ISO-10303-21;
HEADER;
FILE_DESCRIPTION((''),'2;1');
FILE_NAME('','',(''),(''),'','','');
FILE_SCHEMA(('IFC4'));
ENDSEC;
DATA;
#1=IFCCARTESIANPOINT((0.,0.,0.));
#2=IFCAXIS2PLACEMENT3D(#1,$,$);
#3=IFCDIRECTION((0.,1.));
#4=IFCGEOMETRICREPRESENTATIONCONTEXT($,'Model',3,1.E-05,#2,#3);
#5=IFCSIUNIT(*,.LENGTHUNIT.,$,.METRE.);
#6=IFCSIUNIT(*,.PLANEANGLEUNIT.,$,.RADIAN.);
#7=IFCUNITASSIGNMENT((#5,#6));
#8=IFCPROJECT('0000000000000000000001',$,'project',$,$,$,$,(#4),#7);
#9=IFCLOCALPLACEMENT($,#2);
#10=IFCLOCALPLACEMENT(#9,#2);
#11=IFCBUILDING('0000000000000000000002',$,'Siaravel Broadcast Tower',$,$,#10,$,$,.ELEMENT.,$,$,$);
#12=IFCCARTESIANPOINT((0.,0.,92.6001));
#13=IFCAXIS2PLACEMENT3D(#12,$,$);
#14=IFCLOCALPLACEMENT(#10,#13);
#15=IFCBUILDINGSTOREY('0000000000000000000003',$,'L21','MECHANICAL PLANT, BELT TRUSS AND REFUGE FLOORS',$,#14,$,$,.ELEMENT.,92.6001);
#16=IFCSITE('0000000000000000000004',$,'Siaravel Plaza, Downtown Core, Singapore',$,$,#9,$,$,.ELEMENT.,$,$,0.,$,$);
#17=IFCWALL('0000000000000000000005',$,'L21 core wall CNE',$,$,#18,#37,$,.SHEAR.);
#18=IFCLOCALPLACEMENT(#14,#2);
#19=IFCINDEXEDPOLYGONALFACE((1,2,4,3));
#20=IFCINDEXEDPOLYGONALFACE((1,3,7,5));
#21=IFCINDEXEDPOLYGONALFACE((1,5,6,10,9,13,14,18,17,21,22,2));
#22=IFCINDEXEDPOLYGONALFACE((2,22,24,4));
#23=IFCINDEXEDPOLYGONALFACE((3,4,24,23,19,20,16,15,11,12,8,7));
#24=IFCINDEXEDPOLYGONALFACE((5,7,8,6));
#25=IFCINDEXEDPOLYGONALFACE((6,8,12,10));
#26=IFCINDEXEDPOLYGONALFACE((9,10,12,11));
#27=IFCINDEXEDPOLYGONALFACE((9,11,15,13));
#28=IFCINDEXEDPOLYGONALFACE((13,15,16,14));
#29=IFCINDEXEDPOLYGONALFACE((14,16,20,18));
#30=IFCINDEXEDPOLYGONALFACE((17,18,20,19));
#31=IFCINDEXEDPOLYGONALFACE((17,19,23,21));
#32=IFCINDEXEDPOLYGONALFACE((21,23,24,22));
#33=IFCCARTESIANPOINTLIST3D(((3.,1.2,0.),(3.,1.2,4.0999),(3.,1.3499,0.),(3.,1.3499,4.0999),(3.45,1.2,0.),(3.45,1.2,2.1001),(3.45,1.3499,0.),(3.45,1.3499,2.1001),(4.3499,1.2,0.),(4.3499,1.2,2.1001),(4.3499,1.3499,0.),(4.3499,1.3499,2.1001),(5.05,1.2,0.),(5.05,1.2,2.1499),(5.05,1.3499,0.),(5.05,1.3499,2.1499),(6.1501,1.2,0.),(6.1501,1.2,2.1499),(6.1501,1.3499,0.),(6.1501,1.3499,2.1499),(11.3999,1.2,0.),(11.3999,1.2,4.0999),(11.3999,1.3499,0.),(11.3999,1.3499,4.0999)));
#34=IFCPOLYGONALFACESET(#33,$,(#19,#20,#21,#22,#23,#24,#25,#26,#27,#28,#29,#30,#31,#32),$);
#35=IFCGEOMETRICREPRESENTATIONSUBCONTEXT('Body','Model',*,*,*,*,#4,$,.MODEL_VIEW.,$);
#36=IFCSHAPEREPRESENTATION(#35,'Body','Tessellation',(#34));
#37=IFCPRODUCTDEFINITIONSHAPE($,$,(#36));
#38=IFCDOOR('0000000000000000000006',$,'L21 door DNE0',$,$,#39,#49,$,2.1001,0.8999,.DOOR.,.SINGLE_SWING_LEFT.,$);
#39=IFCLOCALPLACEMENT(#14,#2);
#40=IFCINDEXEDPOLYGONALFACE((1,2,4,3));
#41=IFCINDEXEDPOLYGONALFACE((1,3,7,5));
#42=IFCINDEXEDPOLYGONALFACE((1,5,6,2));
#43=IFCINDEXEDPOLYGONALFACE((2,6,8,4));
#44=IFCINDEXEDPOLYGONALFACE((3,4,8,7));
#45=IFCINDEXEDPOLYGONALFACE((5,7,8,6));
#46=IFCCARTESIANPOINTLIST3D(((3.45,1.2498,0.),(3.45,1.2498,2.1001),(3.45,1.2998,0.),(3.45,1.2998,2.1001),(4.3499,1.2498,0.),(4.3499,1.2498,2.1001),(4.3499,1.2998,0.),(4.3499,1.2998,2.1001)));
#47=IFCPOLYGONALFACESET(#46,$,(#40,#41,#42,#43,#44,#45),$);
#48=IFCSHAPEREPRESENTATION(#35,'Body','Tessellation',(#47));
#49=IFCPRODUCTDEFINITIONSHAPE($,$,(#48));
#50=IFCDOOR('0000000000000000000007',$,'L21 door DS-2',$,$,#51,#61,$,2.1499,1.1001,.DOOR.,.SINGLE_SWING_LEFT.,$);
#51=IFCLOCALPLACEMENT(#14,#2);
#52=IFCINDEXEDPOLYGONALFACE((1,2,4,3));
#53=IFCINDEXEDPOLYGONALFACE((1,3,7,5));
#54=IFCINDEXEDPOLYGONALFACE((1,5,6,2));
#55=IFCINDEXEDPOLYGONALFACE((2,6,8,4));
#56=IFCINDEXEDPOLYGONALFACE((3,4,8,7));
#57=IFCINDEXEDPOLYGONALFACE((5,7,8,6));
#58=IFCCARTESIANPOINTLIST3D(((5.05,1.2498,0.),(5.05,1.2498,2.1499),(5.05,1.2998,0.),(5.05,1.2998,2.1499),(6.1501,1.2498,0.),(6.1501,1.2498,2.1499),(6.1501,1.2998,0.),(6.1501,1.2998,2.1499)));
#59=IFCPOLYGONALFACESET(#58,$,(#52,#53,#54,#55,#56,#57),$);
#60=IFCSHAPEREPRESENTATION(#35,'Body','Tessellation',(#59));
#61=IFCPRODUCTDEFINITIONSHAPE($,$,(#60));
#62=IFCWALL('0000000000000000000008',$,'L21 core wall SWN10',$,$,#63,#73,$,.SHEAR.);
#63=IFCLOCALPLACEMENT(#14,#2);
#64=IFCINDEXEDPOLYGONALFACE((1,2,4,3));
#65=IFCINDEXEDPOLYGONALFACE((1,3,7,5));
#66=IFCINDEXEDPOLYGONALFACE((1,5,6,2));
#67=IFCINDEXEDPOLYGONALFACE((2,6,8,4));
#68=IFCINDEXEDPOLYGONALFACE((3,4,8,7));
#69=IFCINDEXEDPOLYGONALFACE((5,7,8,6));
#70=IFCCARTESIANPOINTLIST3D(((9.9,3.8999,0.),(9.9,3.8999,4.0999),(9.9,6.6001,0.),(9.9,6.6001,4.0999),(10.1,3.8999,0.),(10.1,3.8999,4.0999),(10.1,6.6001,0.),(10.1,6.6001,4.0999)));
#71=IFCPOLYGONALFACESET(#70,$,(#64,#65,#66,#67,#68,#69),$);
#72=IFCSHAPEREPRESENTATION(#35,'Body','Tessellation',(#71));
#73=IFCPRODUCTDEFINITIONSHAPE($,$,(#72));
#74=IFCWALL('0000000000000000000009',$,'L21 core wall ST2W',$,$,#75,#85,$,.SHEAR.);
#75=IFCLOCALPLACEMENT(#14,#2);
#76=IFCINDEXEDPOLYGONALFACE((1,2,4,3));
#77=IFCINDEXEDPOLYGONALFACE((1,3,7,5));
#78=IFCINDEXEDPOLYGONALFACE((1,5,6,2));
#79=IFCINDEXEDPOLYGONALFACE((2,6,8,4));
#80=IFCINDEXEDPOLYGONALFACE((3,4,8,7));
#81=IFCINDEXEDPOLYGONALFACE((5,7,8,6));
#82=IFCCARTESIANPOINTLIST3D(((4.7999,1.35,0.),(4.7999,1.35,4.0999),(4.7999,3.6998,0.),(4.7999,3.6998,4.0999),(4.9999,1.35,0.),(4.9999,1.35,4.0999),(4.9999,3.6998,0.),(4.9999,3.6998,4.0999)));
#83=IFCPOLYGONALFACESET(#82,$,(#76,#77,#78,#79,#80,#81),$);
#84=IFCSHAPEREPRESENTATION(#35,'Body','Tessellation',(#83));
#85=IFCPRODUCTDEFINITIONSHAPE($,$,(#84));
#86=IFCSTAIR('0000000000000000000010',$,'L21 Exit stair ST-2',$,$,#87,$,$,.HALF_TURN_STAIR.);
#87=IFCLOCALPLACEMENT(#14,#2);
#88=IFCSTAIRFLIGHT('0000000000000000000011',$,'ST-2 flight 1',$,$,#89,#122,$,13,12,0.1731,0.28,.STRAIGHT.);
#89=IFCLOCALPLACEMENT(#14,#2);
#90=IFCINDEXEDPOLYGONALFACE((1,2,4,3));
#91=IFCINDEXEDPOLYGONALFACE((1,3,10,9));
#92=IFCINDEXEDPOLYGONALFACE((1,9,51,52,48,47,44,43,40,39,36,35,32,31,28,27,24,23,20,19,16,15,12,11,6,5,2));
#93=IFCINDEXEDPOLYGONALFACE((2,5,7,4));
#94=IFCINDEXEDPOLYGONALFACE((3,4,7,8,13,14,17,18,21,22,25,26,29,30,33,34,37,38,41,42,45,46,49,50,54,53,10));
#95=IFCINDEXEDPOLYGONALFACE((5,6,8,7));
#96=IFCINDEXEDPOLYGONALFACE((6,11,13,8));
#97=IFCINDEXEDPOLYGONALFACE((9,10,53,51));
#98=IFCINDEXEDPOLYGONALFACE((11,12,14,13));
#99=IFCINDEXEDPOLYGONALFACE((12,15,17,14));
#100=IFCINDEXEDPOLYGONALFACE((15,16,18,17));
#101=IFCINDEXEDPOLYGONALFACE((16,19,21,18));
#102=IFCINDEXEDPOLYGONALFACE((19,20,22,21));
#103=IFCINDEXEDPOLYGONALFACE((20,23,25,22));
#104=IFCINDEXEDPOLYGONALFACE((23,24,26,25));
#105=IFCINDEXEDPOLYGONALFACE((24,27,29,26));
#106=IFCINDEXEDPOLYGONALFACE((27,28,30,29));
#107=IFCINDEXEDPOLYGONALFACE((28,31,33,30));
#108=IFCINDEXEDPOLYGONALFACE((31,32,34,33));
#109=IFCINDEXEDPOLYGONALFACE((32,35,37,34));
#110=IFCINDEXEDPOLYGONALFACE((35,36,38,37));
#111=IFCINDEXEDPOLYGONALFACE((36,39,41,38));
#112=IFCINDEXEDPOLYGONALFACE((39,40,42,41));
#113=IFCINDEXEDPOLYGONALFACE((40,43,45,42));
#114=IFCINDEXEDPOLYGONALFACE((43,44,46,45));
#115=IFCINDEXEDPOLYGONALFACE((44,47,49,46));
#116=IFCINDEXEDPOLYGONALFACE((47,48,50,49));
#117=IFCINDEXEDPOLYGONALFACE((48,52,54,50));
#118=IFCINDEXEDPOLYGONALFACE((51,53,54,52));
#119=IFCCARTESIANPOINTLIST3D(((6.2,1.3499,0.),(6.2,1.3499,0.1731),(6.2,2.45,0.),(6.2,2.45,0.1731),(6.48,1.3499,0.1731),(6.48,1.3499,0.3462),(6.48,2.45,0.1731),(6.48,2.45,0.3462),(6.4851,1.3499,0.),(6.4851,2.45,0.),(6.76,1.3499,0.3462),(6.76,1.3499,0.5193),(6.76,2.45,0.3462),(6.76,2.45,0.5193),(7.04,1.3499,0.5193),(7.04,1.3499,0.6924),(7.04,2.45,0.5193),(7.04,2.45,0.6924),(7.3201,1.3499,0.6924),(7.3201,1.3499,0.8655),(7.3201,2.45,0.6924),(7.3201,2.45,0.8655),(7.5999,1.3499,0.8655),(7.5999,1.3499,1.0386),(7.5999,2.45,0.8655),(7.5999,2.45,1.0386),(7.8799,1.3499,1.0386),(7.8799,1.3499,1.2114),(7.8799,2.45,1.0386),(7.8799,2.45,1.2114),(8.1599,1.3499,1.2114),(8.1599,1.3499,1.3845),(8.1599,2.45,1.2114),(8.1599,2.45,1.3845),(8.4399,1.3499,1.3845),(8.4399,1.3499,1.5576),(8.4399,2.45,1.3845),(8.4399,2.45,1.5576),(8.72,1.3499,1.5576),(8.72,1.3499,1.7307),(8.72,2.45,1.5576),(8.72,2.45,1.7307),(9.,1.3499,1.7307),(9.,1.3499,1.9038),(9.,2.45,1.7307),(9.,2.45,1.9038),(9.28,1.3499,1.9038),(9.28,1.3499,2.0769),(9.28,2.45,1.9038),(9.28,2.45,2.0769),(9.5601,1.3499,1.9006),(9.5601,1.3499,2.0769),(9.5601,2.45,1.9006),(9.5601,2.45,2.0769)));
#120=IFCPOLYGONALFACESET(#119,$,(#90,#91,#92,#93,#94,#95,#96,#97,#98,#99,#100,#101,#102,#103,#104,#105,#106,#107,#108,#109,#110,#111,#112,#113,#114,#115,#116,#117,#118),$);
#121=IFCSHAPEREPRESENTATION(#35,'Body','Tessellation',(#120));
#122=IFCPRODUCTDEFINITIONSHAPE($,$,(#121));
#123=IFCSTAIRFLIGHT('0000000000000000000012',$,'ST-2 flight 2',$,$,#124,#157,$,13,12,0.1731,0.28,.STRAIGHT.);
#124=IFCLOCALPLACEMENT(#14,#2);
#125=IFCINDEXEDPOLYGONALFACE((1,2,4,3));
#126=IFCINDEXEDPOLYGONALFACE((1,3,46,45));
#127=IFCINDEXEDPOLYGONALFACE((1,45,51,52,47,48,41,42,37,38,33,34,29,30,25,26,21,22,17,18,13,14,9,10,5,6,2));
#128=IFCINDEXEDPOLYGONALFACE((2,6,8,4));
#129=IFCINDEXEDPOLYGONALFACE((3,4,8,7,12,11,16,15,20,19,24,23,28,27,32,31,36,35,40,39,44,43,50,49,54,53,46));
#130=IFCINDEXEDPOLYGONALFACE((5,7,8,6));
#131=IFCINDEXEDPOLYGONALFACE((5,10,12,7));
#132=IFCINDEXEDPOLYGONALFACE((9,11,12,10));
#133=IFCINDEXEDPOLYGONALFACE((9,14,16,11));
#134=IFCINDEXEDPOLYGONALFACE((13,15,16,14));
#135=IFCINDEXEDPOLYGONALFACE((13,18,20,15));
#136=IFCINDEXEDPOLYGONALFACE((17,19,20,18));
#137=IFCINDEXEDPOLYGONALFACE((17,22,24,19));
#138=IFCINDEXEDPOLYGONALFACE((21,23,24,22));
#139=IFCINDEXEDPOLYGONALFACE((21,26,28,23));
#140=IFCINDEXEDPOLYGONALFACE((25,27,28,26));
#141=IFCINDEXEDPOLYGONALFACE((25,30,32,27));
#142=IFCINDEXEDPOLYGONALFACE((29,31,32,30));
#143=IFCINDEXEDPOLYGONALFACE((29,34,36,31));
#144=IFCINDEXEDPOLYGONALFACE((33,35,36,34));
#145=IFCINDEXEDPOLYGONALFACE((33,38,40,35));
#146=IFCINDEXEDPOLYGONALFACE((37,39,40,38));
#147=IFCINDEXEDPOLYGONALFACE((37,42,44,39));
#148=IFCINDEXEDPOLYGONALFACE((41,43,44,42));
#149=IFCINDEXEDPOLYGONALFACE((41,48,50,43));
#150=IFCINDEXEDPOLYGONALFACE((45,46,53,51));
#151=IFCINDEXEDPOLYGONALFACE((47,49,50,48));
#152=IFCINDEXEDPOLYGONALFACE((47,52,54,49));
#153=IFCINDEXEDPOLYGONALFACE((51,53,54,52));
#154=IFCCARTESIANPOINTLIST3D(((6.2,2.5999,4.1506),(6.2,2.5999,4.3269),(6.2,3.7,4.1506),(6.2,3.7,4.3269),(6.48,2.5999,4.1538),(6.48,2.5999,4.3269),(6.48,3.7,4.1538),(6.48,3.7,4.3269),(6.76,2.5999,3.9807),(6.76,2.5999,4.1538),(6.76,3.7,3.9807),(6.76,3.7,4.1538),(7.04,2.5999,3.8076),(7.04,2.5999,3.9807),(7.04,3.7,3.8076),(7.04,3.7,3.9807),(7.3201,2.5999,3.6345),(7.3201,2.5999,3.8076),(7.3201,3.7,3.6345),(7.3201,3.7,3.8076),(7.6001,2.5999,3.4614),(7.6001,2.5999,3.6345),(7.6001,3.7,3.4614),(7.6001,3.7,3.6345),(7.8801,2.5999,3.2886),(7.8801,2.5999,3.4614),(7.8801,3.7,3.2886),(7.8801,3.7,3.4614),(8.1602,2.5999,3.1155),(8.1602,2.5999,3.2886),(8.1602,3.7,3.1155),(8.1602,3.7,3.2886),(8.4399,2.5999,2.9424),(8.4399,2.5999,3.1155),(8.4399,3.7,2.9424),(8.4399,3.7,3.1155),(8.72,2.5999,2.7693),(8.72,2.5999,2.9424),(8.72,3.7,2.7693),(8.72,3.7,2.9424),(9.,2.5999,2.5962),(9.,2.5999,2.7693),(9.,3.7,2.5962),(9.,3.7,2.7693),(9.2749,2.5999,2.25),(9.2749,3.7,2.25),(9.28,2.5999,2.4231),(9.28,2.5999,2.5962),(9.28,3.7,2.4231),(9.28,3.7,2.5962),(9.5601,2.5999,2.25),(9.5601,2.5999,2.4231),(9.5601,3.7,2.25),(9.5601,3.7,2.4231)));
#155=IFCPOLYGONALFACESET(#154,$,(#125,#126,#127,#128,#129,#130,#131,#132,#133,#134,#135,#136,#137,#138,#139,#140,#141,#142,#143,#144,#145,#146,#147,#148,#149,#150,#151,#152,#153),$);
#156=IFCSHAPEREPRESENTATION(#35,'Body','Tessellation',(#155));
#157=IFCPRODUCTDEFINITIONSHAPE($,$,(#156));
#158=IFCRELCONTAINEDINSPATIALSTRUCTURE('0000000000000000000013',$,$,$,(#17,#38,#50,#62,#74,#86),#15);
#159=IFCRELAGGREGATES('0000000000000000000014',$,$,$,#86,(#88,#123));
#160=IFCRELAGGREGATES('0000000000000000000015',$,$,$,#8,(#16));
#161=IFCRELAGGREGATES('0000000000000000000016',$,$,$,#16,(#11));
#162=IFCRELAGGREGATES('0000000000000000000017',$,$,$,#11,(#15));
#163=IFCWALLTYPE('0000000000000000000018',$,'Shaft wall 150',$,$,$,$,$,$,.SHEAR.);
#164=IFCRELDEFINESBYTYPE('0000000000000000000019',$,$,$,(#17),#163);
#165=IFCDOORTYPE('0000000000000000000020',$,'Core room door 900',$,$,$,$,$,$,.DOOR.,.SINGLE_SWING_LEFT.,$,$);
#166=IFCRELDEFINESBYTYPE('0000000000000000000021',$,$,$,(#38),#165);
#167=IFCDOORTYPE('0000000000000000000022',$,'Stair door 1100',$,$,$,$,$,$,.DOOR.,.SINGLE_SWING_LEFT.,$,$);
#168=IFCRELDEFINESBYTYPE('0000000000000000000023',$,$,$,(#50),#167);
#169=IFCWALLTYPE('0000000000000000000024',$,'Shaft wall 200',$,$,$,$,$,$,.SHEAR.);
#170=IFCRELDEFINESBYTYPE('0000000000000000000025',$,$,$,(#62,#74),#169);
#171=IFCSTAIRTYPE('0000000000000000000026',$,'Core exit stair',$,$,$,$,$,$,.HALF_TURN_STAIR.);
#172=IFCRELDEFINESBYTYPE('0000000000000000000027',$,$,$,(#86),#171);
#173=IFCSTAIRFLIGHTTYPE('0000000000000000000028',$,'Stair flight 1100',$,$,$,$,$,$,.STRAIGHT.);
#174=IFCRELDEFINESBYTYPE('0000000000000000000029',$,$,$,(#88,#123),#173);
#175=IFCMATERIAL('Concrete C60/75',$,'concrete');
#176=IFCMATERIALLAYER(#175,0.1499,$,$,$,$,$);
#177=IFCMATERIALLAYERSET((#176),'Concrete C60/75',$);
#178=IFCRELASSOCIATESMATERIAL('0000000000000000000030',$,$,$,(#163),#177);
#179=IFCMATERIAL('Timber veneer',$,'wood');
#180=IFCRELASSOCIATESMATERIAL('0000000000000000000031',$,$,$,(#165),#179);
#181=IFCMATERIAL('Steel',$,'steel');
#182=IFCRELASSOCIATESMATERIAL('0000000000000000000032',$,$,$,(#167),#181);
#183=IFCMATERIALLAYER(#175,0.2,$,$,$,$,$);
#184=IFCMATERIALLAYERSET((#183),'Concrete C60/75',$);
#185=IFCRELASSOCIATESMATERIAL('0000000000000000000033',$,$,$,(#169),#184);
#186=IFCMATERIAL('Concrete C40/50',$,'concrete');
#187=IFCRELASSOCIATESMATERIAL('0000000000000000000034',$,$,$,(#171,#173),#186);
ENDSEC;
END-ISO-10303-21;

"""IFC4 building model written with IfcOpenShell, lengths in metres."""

from ifc_helpers import new_model, si_unit, direction, frame, frame_2d, origin, place, context, subcontext, project, spatial, polyline, rectangle, outline, extrude, material, layer, layer_set, type_object, element, fill, aggregate, save


model = new_model("IFC4")

# Units and contexts
model_context = context("Model", 3, precision=1e-05, world=origin(), true_north=direction((0.0, 1.0)))
body_context = subcontext(model_context, "Body", "Model", "MODEL_VIEW")
ifc_project = project(units=[si_unit("LENGTHUNIT", "METRE"), si_unit("PLANEANGLEUNIT", "RADIAN")], contexts=[model_context])

# Site, building, storey
site_placement = place(None, origin())
site = spatial("IfcSite", under=ifc_project, at=site_placement, Name="Siaravel Plaza, Downtown Core, Singapore", CompositionType="ELEMENT", RefElevation=0.0)
building_placement = place(site_placement, origin())
building = spatial("IfcBuilding", under=site, at=building_placement, Name="Siaravel Broadcast Tower", CompositionType="ELEMENT")
storey_placement = place(building_placement, frame((0.0, 0.0, 92.6001)))
storey = spatial("IfcBuildingStorey", under=building, at=storey_placement, Name="L21", Description="MECHANICAL PLANT, BELT TRUSS AND REFUGE FLOORS", CompositionType="ELEMENT", Elevation=92.6001)

# Shared definitions
ifc_material_1 = material(Name="Steel", Category="steel")

# Wall, openings, doors
ifc_material_2 = material(Name="Concrete C60/75", Category="concrete")
ifc_layer_1 = layer(ifc_material_2, 0.1499)
ifc_layer_set_1 = layer_set([ifc_layer_1], Name="Concrete C60/75")
wall_type_1 = type_object("IfcWallType", Name="Shaft wall 150", PredefinedType="SHEAR", material=ifc_layer_set_1)
wall_1_placement = place(storey_placement, frame((3.0, 1.2749, 0.0), z_axis=(0.0, 0.0, 1.0), x_axis=(1.0, 0.0, 0.0)))
wall_1 = element("IfcWall", 1, at=wall_1_placement, inside=storey, type_object=wall_type_1, Name="L21 core wall CNE", PredefinedType="SHEAR", context=body_context, shape_type="SweptSolid", body=[
    extrude(rectangle(XDim=8.3999, YDim=0.1499, at=frame_2d((4.2, 0.0))), origin(), (0.0, 0.0, 1.0), 4.0999),
])
opening_1_placement = place(wall_1_placement, frame((2.05, 0.0, 0.0)))
opening_1 = element("IfcOpeningElement", 2, at=opening_1_placement, cuts=wall_1, PredefinedType="OPENING", context=body_context, shape_type="SweptSolid", body=[
    extrude(rectangle(XDim=1.1001, YDim=2.1499, at=frame_2d((0.55, 1.075))), frame((0.0, 0.085, 0.0), z_axis=(0.0, -1.0, 0.0), x_axis=(1.0, 0.0, 0.0)), (0.0, 0.0, 1.0), 0.1699),
])
opening_2_placement = place(wall_1_placement, frame((0.45, 0.0, 0.0)))
opening_2 = element("IfcOpeningElement", 3, at=opening_2_placement, cuts=wall_1, PredefinedType="OPENING", context=body_context, shape_type="SweptSolid", body=[
    extrude(rectangle(XDim=0.8999, YDim=2.1001, at=frame_2d((0.45, 1.05))), frame((0.0, 0.085, 0.0), z_axis=(0.0, -1.0, 0.0), x_axis=(1.0, 0.0, 0.0)), (0.0, 0.0, 1.0), 0.1699),
])
ifc_material_3 = material(Name="Timber veneer", Category="wood")
door_type_1 = type_object("IfcDoorType", Name="Core room door 900", OperationType="SINGLE_SWING_LEFT", PredefinedType="DOOR", material=ifc_material_3)
door_1_placement = place(opening_2_placement, origin())
door_1 = element("IfcDoor", 4, at=door_1_placement, inside=storey, type_object=door_type_1, Name="L21 door DNE0", OperationType="SINGLE_SWING_LEFT", OverallHeight=2.1001, OverallWidth=0.8999, PredefinedType="DOOR", context=body_context, shape_type="SweptSolid", body=[
    extrude(rectangle(XDim=0.8999, YDim=2.1001, at=frame_2d((0.45, 1.05))), frame((0.0, 0.0249, 0.0), z_axis=(0.0, -1.0, 0.0), x_axis=(1.0, 0.0, 0.0)), (0.0, 0.0, 1.0), 0.05),
])
fill(opening_2, door_1)
door_type_2 = type_object("IfcDoorType", Name="Stair door 1100", OperationType="SINGLE_SWING_LEFT", PredefinedType="DOOR", material=ifc_material_1)
door_2_placement = place(opening_1_placement, origin())
door_2 = element("IfcDoor", 5, at=door_2_placement, inside=storey, type_object=door_type_2, Name="L21 door DS-2", OperationType="SINGLE_SWING_LEFT", OverallHeight=2.1499, OverallWidth=1.1001, PredefinedType="DOOR", context=body_context, shape_type="SweptSolid", body=[
    extrude(rectangle(XDim=1.1001, YDim=2.1499, at=frame_2d((0.55, 1.075))), frame((0.0, 0.0249, 0.0), z_axis=(0.0, -1.0, 0.0), x_axis=(1.0, 0.0, 0.0)), (0.0, 0.0, 1.0), 0.05),
])
fill(opening_1, door_2)

# Walls
ifc_layer_2 = layer(ifc_material_2, 0.2)
ifc_layer_set_2 = layer_set([ifc_layer_2], Name="Concrete C60/75")
wall_type_2 = type_object("IfcWallType", Name="Shaft wall 200", PredefinedType="SHEAR", material=ifc_layer_set_2)
wall_2_placement = place(storey_placement, frame((10.0, 3.8999, 0.0), z_axis=(0.0, 0.0, 1.0), x_axis=(0.0, 1.0, 0.0)))
element("IfcWall", 6, at=wall_2_placement, inside=storey, type_object=wall_type_2, Name="L21 core wall SWN10", PredefinedType="SHEAR", context=body_context, shape_type="SweptSolid", body=[
    extrude(rectangle(XDim=2.7002, YDim=0.2, at=frame_2d((1.3501, 0.0))), origin(), (0.0, 0.0, 1.0), 4.0999),
])
wall_3_placement = place(storey_placement, frame((4.8999, 1.3501, 0.0), z_axis=(0.0, 0.0, 1.0), x_axis=(0.0, 1.0, 0.0)))
element("IfcWall", 7, at=wall_3_placement, inside=storey, type_object=wall_type_2, Name="L21 core wall ST2W", PredefinedType="SHEAR", context=body_context, shape_type="SweptSolid", body=[
    extrude(rectangle(XDim=2.3499, YDim=0.2, at=frame_2d((1.1748, 0.0))), origin(), (0.0, 0.0, 1.0), 4.0999),
])

# Stair, stair flights
ifc_material_4 = material(Name="Concrete C40/50", Category="concrete")
stair_type = type_object("IfcStairType", Name="Core exit stair", PredefinedType="HALF_TURN_STAIR", material=ifc_material_4)
stair_placement = place(storey_placement, origin())
stair = element("IfcStair", 8, at=stair_placement, inside=storey, type_object=stair_type, Name="L21 Exit stair ST-2", PredefinedType="HALF_TURN_STAIR")
stair_flight_type = type_object("IfcStairFlightType", Name="Stair flight 1100", PredefinedType="STRAIGHT", material=ifc_material_4)
stair_flight_1_placement = place(storey_placement, frame((6.2, 1.8999, 0.0), z_axis=(0.0, 0.0, 1.0), x_axis=(1.0, 0.0, 0.0)))
stair_flight_1 = element("IfcStairFlight", 9, at=stair_flight_1_placement, type_object=stair_flight_type, Name="ST-2 flight 1", NumberOfRisers=13, NumberOfTreads=12, PredefinedType="STRAIGHT", RiserHeight=0.1731, TreadLength=0.28, context=body_context, shape_type="SweptSolid", body=[
    extrude(outline(polyline([(0.0, 0.0), (0.0, 0.1731), (0.28, 0.1731), (0.28, 0.3462), (0.5601, 0.3462), (0.5601, 0.5193), (0.8401, 0.5193), (0.8401, 0.6924), (1.1201, 0.6924), (1.1201, 0.8655), (1.3999, 0.8655), (1.3999, 1.0386), (1.6799, 1.0386), (1.6799, 1.2114), (1.96, 1.2114), (1.96, 1.3845), (2.24, 1.3845), (2.24, 1.5576), (2.52, 1.5576), (2.52, 1.7307), (2.8, 1.7307), (2.8, 1.9038), (3.0801, 1.9038), (3.0801, 2.0769), (3.3601, 2.0769), (3.3601, 2.25), (3.3601, 1.9006), (0.2852, 0.0), (0.0, 0.0)])), frame((0.0, 0.55, 0.0), z_axis=(0.0, -1.0, 0.0), x_axis=(1.0, 0.0, 0.0)), (0.0, 0.0, 1.0), 1.1001),
])
stair_flight_2_placement = place(storey_placement, frame((9.5601, 3.1499, 2.25), z_axis=(0.0, 0.0, 1.0), x_axis=(-1.0, 0.0, 0.0)))
stair_flight_2 = element("IfcStairFlight", 10, at=stair_flight_2_placement, type_object=stair_flight_type, Name="ST-2 flight 2", NumberOfRisers=13, NumberOfTreads=12, PredefinedType="STRAIGHT", RiserHeight=0.1731, TreadLength=0.28, context=body_context, shape_type="SweptSolid", body=[
    extrude(outline(polyline([(0.0, 0.0), (0.0, 0.1731), (0.28, 0.1731), (0.28, 0.3462), (0.5601, 0.3462), (0.5601, 0.5193), (0.8401, 0.5193), (0.8401, 0.6924), (1.1201, 0.6924), (1.1201, 0.8655), (1.3999, 0.8655), (1.3999, 1.0386), (1.6799, 1.0386), (1.6799, 1.2114), (1.96, 1.2114), (1.96, 1.3845), (2.24, 1.3845), (2.24, 1.5576), (2.52, 1.5576), (2.52, 1.7307), (2.8, 1.7307), (2.8, 1.9038), (3.0801, 1.9038), (3.0801, 2.0769), (3.3601, 2.0769), (3.3601, 2.25), (3.3601, 1.9006), (0.2852, 0.0), (0.0, 0.0)])), frame((0.0, 0.55, 0.0), z_axis=(0.0, -1.0, 0.0), x_axis=(1.0, 0.0, 0.0)), (0.0, 0.0, 1.0), 1.1001),
])
aggregate(stair, [stair_flight_1, stair_flight_2])

save(model, "model.ifc")
